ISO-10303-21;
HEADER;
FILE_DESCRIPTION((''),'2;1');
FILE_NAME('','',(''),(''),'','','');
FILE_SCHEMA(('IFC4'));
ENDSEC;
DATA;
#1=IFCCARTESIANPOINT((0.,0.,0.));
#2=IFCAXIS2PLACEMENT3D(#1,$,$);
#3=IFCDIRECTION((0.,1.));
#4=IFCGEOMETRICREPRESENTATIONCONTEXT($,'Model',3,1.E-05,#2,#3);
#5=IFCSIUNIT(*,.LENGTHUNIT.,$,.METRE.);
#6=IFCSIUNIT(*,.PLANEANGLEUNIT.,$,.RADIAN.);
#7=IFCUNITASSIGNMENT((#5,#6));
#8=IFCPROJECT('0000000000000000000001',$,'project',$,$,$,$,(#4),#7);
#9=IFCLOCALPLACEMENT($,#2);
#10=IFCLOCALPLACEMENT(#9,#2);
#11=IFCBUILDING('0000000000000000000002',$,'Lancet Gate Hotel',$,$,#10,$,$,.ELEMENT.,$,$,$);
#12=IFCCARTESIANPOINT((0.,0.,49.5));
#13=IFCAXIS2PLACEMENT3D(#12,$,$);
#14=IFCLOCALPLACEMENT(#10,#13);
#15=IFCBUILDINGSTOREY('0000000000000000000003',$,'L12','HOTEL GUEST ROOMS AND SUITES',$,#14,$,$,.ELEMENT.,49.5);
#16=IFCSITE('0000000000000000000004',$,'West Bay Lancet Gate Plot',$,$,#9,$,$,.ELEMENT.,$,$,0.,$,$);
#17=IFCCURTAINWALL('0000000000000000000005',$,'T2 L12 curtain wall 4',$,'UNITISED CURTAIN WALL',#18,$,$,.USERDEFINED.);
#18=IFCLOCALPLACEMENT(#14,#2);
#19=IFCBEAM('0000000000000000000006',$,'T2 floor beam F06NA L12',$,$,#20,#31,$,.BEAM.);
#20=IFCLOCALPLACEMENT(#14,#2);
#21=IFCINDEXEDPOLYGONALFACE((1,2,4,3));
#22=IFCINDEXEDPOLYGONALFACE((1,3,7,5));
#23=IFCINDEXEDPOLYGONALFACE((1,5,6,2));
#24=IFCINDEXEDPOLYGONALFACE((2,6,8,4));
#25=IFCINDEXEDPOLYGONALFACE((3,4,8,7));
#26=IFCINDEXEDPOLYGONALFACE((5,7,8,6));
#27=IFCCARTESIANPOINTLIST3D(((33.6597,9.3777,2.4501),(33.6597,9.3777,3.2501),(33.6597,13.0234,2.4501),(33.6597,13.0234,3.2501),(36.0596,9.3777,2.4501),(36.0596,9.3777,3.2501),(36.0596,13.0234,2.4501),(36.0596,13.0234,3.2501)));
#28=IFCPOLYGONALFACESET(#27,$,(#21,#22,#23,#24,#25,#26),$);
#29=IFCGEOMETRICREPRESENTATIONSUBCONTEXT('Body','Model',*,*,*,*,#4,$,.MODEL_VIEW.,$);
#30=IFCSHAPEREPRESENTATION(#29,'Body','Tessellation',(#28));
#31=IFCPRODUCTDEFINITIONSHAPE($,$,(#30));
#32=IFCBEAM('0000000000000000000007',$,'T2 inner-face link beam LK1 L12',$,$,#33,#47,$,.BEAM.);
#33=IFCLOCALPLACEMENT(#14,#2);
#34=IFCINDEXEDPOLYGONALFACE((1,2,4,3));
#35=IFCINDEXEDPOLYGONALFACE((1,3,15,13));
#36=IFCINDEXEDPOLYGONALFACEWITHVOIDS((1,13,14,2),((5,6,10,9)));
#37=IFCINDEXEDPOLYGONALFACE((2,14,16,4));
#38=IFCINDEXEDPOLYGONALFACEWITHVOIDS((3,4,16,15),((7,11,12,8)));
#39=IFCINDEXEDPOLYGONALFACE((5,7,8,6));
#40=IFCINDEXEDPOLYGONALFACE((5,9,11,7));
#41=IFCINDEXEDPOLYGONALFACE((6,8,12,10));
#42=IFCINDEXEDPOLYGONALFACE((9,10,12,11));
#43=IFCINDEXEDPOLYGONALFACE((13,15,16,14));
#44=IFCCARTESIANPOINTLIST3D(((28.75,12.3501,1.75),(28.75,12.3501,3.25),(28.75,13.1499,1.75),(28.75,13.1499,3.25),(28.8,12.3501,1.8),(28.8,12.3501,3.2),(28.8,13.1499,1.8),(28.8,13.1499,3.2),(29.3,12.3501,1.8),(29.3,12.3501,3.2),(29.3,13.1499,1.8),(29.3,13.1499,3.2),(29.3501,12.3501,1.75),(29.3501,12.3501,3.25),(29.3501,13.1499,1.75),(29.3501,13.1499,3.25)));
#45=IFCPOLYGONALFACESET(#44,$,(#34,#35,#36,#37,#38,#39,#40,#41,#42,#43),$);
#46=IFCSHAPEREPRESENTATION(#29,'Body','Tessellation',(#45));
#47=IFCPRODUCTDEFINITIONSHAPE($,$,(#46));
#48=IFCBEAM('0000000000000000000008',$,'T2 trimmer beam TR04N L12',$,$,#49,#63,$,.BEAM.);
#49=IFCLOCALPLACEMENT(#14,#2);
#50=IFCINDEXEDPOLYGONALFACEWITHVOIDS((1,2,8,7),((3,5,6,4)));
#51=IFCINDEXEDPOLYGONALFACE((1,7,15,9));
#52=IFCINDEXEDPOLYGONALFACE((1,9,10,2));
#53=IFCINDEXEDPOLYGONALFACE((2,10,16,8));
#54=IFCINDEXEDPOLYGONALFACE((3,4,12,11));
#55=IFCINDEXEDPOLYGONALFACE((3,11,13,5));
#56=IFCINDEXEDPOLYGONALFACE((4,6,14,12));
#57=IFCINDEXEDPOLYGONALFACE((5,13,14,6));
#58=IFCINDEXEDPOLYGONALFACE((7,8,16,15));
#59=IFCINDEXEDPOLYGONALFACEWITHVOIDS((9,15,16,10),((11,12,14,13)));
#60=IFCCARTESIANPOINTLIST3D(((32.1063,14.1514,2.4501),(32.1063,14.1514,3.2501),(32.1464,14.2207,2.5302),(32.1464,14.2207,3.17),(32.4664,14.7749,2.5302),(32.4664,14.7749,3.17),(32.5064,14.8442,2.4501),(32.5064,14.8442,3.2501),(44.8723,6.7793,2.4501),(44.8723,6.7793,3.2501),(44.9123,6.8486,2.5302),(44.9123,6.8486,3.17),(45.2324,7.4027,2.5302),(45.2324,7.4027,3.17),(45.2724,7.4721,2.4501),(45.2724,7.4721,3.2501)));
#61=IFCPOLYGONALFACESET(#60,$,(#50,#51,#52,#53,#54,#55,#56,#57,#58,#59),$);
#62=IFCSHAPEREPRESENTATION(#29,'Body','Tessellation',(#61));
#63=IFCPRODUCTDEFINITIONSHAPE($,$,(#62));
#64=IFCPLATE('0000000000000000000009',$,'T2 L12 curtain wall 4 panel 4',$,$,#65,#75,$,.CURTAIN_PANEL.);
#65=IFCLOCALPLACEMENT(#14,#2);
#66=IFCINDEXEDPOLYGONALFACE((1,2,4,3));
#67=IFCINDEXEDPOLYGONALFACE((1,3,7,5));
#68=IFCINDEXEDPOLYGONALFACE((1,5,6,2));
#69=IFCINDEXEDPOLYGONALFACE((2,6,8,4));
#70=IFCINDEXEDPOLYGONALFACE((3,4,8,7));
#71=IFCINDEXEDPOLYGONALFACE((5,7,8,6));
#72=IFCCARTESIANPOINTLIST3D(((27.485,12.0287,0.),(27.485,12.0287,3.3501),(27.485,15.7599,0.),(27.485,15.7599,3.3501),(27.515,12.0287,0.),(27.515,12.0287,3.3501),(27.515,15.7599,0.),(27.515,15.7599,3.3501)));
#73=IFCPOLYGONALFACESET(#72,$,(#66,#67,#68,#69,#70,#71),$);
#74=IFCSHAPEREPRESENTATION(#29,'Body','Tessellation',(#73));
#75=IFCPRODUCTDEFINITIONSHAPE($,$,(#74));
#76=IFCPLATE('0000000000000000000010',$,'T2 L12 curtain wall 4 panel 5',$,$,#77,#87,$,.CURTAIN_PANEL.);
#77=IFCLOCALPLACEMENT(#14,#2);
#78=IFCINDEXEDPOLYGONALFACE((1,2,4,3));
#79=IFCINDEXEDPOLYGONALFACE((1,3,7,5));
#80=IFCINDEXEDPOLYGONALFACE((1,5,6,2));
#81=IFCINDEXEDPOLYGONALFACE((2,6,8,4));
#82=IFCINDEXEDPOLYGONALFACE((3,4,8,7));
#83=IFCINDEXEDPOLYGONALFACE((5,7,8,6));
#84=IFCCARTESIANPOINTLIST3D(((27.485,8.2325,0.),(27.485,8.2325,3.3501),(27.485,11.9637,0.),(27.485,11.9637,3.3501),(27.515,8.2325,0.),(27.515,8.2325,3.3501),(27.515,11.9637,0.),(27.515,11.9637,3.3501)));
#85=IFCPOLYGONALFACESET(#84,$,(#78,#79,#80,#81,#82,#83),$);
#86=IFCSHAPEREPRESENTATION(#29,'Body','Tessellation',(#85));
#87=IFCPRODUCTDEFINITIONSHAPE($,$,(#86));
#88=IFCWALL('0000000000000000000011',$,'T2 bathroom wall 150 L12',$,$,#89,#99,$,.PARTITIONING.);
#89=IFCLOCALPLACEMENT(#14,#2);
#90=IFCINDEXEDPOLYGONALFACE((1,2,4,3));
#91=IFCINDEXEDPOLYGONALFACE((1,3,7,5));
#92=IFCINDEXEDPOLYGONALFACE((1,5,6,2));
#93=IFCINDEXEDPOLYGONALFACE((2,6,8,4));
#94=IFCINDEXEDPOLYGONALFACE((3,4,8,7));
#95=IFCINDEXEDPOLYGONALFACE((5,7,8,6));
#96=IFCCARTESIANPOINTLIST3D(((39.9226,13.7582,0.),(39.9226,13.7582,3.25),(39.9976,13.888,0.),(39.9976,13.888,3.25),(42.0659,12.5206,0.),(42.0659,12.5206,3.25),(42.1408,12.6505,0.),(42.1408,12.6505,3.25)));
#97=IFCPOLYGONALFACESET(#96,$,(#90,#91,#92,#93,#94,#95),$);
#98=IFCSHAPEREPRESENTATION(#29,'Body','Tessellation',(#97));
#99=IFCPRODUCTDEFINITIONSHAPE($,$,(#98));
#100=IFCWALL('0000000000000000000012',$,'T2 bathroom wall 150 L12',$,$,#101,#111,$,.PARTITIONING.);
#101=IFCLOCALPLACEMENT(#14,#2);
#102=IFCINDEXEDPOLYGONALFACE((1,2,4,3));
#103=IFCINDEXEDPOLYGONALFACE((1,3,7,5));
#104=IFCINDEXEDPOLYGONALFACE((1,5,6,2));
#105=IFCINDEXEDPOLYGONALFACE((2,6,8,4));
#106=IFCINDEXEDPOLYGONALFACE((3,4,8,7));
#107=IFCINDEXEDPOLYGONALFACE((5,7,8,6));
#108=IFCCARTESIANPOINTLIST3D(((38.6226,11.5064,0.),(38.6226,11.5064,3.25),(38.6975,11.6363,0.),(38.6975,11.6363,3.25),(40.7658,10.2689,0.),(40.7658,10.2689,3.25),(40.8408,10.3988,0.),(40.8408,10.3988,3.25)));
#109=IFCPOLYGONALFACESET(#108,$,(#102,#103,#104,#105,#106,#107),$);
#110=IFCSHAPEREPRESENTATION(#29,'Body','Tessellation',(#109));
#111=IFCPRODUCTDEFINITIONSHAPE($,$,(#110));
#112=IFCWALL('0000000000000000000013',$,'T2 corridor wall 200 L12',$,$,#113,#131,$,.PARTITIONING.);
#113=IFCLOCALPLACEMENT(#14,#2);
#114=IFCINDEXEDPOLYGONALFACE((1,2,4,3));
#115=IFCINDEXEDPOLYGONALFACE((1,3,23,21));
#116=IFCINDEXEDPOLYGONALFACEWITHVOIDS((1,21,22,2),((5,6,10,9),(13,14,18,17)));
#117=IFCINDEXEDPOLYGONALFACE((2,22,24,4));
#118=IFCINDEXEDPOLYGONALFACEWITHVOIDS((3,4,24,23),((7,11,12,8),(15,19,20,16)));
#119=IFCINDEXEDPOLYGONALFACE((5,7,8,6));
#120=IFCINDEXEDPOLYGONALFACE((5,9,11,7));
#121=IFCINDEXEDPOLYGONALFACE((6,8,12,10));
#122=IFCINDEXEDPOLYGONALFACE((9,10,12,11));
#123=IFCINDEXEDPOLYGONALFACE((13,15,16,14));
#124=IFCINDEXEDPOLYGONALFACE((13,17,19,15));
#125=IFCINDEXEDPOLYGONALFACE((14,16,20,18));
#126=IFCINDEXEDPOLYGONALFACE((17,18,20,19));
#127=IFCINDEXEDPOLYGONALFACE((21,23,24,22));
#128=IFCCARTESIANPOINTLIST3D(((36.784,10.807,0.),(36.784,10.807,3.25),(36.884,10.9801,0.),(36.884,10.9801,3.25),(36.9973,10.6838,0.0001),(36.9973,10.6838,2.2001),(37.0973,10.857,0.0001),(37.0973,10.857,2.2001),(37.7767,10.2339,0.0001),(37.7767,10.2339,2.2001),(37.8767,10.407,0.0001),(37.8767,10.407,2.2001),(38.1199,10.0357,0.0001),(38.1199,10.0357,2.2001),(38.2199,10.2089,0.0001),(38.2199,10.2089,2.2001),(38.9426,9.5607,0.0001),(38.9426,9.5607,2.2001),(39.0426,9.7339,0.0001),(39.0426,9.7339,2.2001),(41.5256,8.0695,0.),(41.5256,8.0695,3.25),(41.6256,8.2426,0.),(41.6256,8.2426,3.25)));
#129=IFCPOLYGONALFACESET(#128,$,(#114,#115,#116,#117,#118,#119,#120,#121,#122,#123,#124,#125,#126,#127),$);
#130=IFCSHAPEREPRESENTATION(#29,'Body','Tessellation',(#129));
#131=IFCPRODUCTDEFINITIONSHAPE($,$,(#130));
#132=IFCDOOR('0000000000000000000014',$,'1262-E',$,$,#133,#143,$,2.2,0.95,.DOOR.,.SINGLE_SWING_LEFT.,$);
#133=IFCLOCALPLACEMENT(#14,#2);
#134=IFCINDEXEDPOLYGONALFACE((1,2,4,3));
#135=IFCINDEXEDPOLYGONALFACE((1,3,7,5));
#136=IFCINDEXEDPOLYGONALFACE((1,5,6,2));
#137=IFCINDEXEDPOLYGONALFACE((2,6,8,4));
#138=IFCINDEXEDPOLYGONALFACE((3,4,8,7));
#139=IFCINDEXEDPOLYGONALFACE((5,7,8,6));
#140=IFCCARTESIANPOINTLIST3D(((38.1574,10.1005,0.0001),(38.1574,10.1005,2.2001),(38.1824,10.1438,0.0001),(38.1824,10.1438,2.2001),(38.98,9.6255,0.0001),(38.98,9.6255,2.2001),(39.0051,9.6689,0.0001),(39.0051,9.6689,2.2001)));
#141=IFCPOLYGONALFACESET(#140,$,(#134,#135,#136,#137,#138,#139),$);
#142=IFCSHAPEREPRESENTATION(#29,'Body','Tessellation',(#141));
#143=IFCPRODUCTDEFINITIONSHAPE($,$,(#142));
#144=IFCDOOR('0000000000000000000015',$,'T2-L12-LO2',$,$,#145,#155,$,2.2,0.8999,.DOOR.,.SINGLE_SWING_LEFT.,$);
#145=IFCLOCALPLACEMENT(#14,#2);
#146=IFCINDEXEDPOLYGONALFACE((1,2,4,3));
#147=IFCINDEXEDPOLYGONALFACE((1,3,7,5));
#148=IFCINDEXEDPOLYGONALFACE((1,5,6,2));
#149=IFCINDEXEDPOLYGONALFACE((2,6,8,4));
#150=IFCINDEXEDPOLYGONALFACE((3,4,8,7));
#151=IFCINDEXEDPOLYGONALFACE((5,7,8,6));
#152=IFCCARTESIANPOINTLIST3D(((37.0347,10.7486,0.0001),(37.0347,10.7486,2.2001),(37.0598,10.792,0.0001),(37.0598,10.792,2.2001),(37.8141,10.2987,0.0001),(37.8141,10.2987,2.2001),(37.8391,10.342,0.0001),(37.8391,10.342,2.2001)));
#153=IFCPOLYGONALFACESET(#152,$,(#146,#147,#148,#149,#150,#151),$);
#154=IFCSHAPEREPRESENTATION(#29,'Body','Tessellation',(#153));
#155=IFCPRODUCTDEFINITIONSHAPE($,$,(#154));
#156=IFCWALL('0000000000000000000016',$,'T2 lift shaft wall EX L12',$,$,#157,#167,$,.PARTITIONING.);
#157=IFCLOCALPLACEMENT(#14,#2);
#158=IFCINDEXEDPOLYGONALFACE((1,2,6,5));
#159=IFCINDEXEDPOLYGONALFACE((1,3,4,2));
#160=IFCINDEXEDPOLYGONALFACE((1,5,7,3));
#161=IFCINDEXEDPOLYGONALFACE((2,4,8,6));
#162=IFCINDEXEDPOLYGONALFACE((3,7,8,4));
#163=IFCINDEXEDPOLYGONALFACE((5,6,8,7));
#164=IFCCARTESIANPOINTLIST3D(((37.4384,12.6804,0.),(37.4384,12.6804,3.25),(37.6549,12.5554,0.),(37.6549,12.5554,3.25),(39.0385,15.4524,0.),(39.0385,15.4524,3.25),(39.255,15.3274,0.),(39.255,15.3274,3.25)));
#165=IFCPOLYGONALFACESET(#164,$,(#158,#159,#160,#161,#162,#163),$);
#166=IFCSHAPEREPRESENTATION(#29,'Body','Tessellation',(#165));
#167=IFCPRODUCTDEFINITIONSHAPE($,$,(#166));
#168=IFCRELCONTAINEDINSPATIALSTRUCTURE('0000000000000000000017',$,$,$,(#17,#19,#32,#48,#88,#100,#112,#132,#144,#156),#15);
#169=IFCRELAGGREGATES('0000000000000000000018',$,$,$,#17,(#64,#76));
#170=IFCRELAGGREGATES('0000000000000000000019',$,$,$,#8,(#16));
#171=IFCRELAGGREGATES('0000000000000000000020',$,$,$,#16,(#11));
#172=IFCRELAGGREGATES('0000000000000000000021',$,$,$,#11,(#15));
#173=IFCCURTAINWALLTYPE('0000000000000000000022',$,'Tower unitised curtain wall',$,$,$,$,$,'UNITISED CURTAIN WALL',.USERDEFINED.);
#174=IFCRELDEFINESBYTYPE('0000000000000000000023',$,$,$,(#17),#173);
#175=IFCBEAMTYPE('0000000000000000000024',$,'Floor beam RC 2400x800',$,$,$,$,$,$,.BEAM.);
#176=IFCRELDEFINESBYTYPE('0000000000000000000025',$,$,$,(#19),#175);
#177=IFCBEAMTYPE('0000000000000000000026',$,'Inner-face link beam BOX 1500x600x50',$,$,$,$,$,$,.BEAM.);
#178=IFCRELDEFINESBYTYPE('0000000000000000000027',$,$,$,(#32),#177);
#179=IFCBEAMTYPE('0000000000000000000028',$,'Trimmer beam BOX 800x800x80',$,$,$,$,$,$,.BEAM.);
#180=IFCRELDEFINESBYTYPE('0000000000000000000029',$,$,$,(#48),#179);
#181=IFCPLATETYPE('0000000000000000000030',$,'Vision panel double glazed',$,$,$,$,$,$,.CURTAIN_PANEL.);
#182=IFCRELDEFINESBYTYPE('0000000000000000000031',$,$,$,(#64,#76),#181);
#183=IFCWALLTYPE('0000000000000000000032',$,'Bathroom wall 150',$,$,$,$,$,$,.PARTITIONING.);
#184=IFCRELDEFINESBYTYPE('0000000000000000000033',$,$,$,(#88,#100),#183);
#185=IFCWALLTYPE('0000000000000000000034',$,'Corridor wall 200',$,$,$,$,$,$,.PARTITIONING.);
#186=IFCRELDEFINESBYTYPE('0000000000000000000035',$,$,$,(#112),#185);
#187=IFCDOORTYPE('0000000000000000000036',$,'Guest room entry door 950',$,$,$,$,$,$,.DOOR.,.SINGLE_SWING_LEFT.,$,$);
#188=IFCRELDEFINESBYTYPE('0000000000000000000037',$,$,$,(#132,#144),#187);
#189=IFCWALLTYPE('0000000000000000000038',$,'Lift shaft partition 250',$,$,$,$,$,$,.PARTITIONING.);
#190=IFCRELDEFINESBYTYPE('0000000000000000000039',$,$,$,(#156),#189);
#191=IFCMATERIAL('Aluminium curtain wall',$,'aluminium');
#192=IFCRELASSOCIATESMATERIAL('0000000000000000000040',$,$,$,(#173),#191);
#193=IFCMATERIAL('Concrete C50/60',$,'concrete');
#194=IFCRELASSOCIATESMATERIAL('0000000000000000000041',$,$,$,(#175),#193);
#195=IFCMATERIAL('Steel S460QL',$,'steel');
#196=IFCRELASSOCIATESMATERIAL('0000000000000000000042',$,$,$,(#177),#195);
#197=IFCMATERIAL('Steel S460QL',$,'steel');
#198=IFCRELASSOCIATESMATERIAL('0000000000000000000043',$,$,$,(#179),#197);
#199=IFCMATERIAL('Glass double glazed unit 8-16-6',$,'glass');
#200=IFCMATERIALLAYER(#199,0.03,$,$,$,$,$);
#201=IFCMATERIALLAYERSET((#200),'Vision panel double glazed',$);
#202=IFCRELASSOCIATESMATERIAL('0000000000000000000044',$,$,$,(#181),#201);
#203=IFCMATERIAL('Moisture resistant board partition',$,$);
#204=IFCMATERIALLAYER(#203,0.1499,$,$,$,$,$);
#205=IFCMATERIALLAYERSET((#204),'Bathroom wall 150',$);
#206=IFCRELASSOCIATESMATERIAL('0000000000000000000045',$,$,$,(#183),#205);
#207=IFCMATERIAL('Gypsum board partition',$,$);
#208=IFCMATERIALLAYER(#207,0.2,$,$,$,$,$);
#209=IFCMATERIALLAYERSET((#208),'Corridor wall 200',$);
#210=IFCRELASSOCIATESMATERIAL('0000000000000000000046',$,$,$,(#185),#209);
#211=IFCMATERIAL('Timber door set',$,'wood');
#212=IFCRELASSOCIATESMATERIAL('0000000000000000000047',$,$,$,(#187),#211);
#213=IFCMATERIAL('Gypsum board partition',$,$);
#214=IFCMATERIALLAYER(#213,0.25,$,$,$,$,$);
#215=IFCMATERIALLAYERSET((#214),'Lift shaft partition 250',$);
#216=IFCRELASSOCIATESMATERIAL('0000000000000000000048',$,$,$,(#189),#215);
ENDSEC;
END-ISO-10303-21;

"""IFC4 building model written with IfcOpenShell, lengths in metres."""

from ifc_helpers import new_model, si_unit, direction, frame, frame_2d, origin, origin_2d, place, context, subcontext, project, spatial, rectangle, hollow_rectangle, extrude, material, layer, layer_set, material_profile, profile_set, type_object, element, fill, aggregate, save


model = new_model("IFC4")

# Units and contexts
model_context = context("Model", 3, precision=1e-05, world=origin(), true_north=direction((0.0, 1.0)))
body_context = subcontext(model_context, "Body", "Model", "MODEL_VIEW")
ifc_project = project(units=[si_unit("LENGTHUNIT", "METRE"), si_unit("PLANEANGLEUNIT", "RADIAN")], contexts=[model_context])

# Site, building, storey
site_placement = place(None, origin())
site = spatial("IfcSite", under=ifc_project, at=site_placement, Name="West Bay Lancet Gate Plot", CompositionType="ELEMENT", RefElevation=0.0)
building_placement = place(site_placement, origin())
building = spatial("IfcBuilding", under=site, at=building_placement, Name="Lancet Gate Hotel", CompositionType="ELEMENT")
storey_placement = place(building_placement, frame((0.0, 0.0, 49.5)))
storey = spatial("IfcBuildingStorey", under=building, at=storey_placement, Name="L12", Description="HOTEL GUEST ROOMS AND SUITES", CompositionType="ELEMENT", Elevation=49.5)

# Curtain wall
ifc_material_1 = material(Name="Aluminium curtain wall", Category="aluminium")
curtain_wall_type = type_object("IfcCurtainWallType", Name="Tower unitised curtain wall", ElementType="UNITISED CURTAIN WALL", PredefinedType="USERDEFINED", material=ifc_material_1)
curtain_wall_placement = place(storey_placement, origin())
curtain_wall = element("IfcCurtainWall", 1, at=curtain_wall_placement, inside=storey, type_object=curtain_wall_type, Name="T2 L12 curtain wall 4", ObjectType="UNITISED CURTAIN WALL", PredefinedType="USERDEFINED")

# Beams
ifc_material_2 = material(Name="Concrete C50/60", Category="concrete")
ifc_material_profile_1 = material_profile(ifc_material_2, rectangle(XDim=2.3999, YDim=0.8, at=origin_2d()), Name="RC 2400x800")
ifc_profile_set_1 = profile_set([ifc_material_profile_1], Name="Concrete C50/60")
beam_type_1 = type_object("IfcBeamType", Name="Floor beam RC 2400x800", PredefinedType="BEAM", material=ifc_profile_set_1)
beam_1_placement = place(storey_placement, frame((34.8596, 9.3777, 2.8501), z_axis=(0.0, 1.0, 0.0), x_axis=(-1.0, 0.0, 0.0)))
element("IfcBeam", 2, at=beam_1_placement, inside=storey, type_object=beam_type_1, Name="T2 floor beam F06NA L12", PredefinedType="BEAM", context=body_context, shape_type="SweptSolid", body=[
    extrude(rectangle(XDim=2.3999, YDim=0.8, at=origin_2d()), origin(), (0.0, 0.0, 1.0), 3.6458),
])
ifc_material_3 = material(Name="Steel S460QL", Category="steel")
ifc_material_profile_2 = material_profile(ifc_material_3, hollow_rectangle(XDim=0.6001, YDim=1.5, WallThickness=0.05, at=origin_2d()), Name="BOX 1500x600x50")
ifc_profile_set_2 = profile_set([ifc_material_profile_2], Name="Steel S460QL")
beam_type_2 = type_object("IfcBeamType", Name="Inner-face link beam BOX 1500x600x50", PredefinedType="BEAM", material=ifc_profile_set_2)
beam_2_placement = place(storey_placement, frame((29.05, 12.3501, 2.5), z_axis=(0.0, 1.0, 0.0), x_axis=(-1.0, 0.0, 0.0)))
element("IfcBeam", 3, at=beam_2_placement, inside=storey, type_object=beam_type_2, Name="T2 inner-face link beam LK1 L12", PredefinedType="BEAM", context=body_context, shape_type="SweptSolid", body=[
    extrude(hollow_rectangle(XDim=0.6001, YDim=1.5, WallThickness=0.05, at=origin_2d()), origin(), (0.0, 0.0, 1.0), 0.7998),
])
ifc_material_4 = material(Name="Steel S460QL", Category="steel")
ifc_material_profile_3 = material_profile(ifc_material_4, hollow_rectangle(XDim=0.8, YDim=0.8, WallThickness=0.0801, at=origin_2d()), Name="BOX 800x800x80")
ifc_profile_set_3 = profile_set([ifc_material_profile_3], Name="Steel S460QL")
beam_type_3 = type_object("IfcBeamType", Name="Trimmer beam BOX 800x800x80", PredefinedType="BEAM", material=ifc_profile_set_3)
beam_3_placement = place(storey_placement, frame((32.3064, 14.4978, 2.8501), z_axis=(0.865976, -0.500086, 0.0), x_axis=(0.500086, 0.865976, 0.0)))
element("IfcBeam", 4, at=beam_3_placement, inside=storey, type_object=beam_type_3, Name="T2 trimmer beam TR04N L12", PredefinedType="BEAM", context=body_context, shape_type="SweptSolid", body=[
    extrude(hollow_rectangle(XDim=0.8, YDim=0.8, WallThickness=0.0801, at=origin_2d()), origin(), (0.0, 0.0, 1.0), 14.7417),
])

# Plates
ifc_material_5 = material(Name="Glass double glazed unit 8-16-6", Category="glass")
ifc_layer_1 = layer(ifc_material_5, 0.03)
ifc_layer_set_1 = layer_set([ifc_layer_1], Name="Vision panel double glazed")
plate_type = type_object("IfcPlateType", Name="Vision panel double glazed", PredefinedType="CURTAIN_PANEL", material=ifc_layer_set_1)
plate_1_placement = place(storey_placement, frame((27.5, 13.8943, 0.0), z_axis=(0.0, 0.0, 1.0), x_axis=(0.0, -1.0, 0.0)))
plate_1 = element("IfcPlate", 5, at=plate_1_placement, type_object=plate_type, Name="T2 L12 curtain wall 4 panel 4", PredefinedType="CURTAIN_PANEL", context=body_context, shape_type="SweptSolid", body=[
    extrude(rectangle(XDim=3.7312, YDim=0.03, at=origin_2d()), origin(), (0.0, 0.0, 1.0), 3.3501),
])
plate_2_placement = place(storey_placement, frame((27.5, 10.0981, 0.0), z_axis=(0.0, 0.0, 1.0), x_axis=(0.0, -1.0, 0.0)))
plate_2 = element("IfcPlate", 6, at=plate_2_placement, type_object=plate_type, Name="T2 L12 curtain wall 4 panel 5", PredefinedType="CURTAIN_PANEL", context=body_context, shape_type="SweptSolid", body=[
    extrude(rectangle(XDim=3.7312, YDim=0.03, at=origin_2d()), origin(), (0.0, 0.0, 1.0), 3.3501),
])
aggregate(curtain_wall, [plate_1, plate_2])

# Walls
ifc_material_6 = material(Name="Moisture resistant board partition")
ifc_layer_2 = layer(ifc_material_6, 0.1499)
ifc_layer_set_2 = layer_set([ifc_layer_2], Name="Bathroom wall 150")
wall_type_1 = type_object("IfcWallType", Name="Bathroom wall 150", PredefinedType="PARTITIONING", material=ifc_layer_set_2)
for number, where, z_axis, x_axis, name in (
    (7, (39.9602, 13.823, 0.0), (0.0, 0.0, 1.0), (0.866007, -0.500033, 0.0), "T2 bathroom wall 150 L12"),
    (8, (38.6602, 11.5713, 0.0), (0.0, 0.0, 1.0), (0.866007, -0.500033, 0.0), "T2 bathroom wall 150 L12"),
):
    element("IfcWall", number, at=place(storey_placement, frame(where, z_axis=z_axis, x_axis=x_axis)), inside=storey, type_object=wall_type_1, Name=name, PredefinedType="PARTITIONING", context=body_context, shape_type="SweptSolid", body=[
        extrude(rectangle(XDim=2.4749, YDim=0.1499, at=frame_2d((1.2373, 0.0))), origin(), (0.0, 0.0, 1.0), 3.25),
    ])

# Wall, openings, doors
ifc_material_7 = material(Name="Gypsum board partition")
ifc_layer_3 = layer(ifc_material_7, 0.2)
ifc_layer_set_3 = layer_set([ifc_layer_3], Name="Corridor wall 200")
wall_type_2 = type_object("IfcWallType", Name="Corridor wall 200", PredefinedType="PARTITIONING", material=ifc_layer_set_3)
wall_1_placement = place(storey_placement, frame((36.834, 10.8936, 0.0), z_axis=(0.0, 0.0, 1.0), x_axis=(0.866031, -0.49999, 0.0)))
wall_1 = element("IfcWall", 9, at=wall_1_placement, inside=storey, type_object=wall_type_2, Name="T2 corridor wall 200 L12", PredefinedType="PARTITIONING", context=body_context, shape_type="SweptSolid", body=[
    extrude(rectangle(XDim=5.4751, YDim=0.2, at=frame_2d((2.7375, 0.0))), origin(), (0.0, 0.0, 1.0), 3.25),
])
opening_1_placement = place(wall_1_placement, frame((1.5425, 0.0, 0.0)))
opening_1 = element("IfcOpeningElement", 10, at=opening_1_placement, cuts=wall_1, PredefinedType="OPENING", context=body_context, shape_type="SweptSolid", body=[
    extrude(rectangle(XDim=0.95, YDim=2.2, at=frame_2d((0.4751, 1.1001))), frame((0.0, 0.1099, 0.0), z_axis=(0.0, -1.0, 0.0), x_axis=(1.0, 0.0, 0.0)), (0.0, 0.0, 1.0), 0.22),
])
opening_2_placement = place(wall_1_placement, frame((0.2463, 0.0, 0.0)))
opening_2 = element("IfcOpeningElement", 11, at=opening_2_placement, cuts=wall_1, PredefinedType="OPENING", context=body_context, shape_type="SweptSolid", body=[
    extrude(rectangle(XDim=0.8999, YDim=2.2, at=frame_2d((0.45, 1.1001))), frame((0.0, 0.1099, 0.0), z_axis=(0.0, -1.0, 0.0), x_axis=(1.0, 0.0, 0.0)), (0.0, 0.0, 1.0), 0.22),
])
ifc_material_8 = material(Name="Timber door set", Category="wood")
door_type = type_object("IfcDoorType", Name="Guest room entry door 950", OperationType="SINGLE_SWING_LEFT", PredefinedType="DOOR", material=ifc_material_8)
door_1_placement = place(opening_1_placement, origin())
door_1 = element("IfcDoor", 12, at=door_1_placement, inside=storey, type_object=door_type, Name="1262-E", OperationType="SINGLE_SWING_LEFT", OverallHeight=2.2, OverallWidth=0.95, PredefinedType="DOOR", context=body_context, shape_type="SweptSolid", body=[
    extrude(rectangle(XDim=0.95, YDim=2.2, at=frame_2d((0.4751, 1.1001))), frame((0.0, 0.0249, 0.0), z_axis=(0.0, -1.0, 0.0), x_axis=(1.0, 0.0, 0.0)), (0.0, 0.0, 1.0), 0.05),
])
fill(opening_1, door_1)
door_2_placement = place(opening_2_placement, origin())
door_2 = element("IfcDoor", 13, at=door_2_placement, inside=storey, type_object=door_type, Name="T2-L12-LO2", OperationType="SINGLE_SWING_LEFT", OverallHeight=2.2, OverallWidth=0.8999, PredefinedType="DOOR", context=body_context, shape_type="SweptSolid", body=[
    extrude(rectangle(XDim=0.8999, YDim=2.2, at=frame_2d((0.45, 1.1001))), frame((0.0, 0.0249, 0.0), z_axis=(0.0, -1.0, 0.0), x_axis=(1.0, 0.0, 0.0)), (0.0, 0.0, 1.0), 0.05),
])
fill(opening_2, door_2)

# Wall
ifc_material_9 = material(Name="Gypsum board partition")
ifc_layer_4 = layer(ifc_material_9, 0.25)
ifc_layer_set_4 = layer_set([ifc_layer_4], Name="Lift shaft partition 250")
wall_type_3 = type_object("IfcWallType", Name="Lift shaft partition 250", PredefinedType="PARTITIONING", material=ifc_layer_set_4)
wall_2_placement = place(storey_placement, frame((37.5466, 12.6179, 0.0), z_axis=(0.0, 0.0, 1.0), x_axis=(0.499929, 0.866066, 0.0)))
element("IfcWall", 14, at=wall_2_placement, inside=storey, type_object=wall_type_3, Name="T2 lift shaft wall EX L12", PredefinedType="PARTITIONING", context=body_context, shape_type="SweptSolid", body=[
    extrude(rectangle(XDim=3.2007, YDim=0.25, at=frame_2d((1.6003, 0.0))), origin(), (0.0, 0.0, 1.0), 3.25),
])

save(model, "model.ifc")
